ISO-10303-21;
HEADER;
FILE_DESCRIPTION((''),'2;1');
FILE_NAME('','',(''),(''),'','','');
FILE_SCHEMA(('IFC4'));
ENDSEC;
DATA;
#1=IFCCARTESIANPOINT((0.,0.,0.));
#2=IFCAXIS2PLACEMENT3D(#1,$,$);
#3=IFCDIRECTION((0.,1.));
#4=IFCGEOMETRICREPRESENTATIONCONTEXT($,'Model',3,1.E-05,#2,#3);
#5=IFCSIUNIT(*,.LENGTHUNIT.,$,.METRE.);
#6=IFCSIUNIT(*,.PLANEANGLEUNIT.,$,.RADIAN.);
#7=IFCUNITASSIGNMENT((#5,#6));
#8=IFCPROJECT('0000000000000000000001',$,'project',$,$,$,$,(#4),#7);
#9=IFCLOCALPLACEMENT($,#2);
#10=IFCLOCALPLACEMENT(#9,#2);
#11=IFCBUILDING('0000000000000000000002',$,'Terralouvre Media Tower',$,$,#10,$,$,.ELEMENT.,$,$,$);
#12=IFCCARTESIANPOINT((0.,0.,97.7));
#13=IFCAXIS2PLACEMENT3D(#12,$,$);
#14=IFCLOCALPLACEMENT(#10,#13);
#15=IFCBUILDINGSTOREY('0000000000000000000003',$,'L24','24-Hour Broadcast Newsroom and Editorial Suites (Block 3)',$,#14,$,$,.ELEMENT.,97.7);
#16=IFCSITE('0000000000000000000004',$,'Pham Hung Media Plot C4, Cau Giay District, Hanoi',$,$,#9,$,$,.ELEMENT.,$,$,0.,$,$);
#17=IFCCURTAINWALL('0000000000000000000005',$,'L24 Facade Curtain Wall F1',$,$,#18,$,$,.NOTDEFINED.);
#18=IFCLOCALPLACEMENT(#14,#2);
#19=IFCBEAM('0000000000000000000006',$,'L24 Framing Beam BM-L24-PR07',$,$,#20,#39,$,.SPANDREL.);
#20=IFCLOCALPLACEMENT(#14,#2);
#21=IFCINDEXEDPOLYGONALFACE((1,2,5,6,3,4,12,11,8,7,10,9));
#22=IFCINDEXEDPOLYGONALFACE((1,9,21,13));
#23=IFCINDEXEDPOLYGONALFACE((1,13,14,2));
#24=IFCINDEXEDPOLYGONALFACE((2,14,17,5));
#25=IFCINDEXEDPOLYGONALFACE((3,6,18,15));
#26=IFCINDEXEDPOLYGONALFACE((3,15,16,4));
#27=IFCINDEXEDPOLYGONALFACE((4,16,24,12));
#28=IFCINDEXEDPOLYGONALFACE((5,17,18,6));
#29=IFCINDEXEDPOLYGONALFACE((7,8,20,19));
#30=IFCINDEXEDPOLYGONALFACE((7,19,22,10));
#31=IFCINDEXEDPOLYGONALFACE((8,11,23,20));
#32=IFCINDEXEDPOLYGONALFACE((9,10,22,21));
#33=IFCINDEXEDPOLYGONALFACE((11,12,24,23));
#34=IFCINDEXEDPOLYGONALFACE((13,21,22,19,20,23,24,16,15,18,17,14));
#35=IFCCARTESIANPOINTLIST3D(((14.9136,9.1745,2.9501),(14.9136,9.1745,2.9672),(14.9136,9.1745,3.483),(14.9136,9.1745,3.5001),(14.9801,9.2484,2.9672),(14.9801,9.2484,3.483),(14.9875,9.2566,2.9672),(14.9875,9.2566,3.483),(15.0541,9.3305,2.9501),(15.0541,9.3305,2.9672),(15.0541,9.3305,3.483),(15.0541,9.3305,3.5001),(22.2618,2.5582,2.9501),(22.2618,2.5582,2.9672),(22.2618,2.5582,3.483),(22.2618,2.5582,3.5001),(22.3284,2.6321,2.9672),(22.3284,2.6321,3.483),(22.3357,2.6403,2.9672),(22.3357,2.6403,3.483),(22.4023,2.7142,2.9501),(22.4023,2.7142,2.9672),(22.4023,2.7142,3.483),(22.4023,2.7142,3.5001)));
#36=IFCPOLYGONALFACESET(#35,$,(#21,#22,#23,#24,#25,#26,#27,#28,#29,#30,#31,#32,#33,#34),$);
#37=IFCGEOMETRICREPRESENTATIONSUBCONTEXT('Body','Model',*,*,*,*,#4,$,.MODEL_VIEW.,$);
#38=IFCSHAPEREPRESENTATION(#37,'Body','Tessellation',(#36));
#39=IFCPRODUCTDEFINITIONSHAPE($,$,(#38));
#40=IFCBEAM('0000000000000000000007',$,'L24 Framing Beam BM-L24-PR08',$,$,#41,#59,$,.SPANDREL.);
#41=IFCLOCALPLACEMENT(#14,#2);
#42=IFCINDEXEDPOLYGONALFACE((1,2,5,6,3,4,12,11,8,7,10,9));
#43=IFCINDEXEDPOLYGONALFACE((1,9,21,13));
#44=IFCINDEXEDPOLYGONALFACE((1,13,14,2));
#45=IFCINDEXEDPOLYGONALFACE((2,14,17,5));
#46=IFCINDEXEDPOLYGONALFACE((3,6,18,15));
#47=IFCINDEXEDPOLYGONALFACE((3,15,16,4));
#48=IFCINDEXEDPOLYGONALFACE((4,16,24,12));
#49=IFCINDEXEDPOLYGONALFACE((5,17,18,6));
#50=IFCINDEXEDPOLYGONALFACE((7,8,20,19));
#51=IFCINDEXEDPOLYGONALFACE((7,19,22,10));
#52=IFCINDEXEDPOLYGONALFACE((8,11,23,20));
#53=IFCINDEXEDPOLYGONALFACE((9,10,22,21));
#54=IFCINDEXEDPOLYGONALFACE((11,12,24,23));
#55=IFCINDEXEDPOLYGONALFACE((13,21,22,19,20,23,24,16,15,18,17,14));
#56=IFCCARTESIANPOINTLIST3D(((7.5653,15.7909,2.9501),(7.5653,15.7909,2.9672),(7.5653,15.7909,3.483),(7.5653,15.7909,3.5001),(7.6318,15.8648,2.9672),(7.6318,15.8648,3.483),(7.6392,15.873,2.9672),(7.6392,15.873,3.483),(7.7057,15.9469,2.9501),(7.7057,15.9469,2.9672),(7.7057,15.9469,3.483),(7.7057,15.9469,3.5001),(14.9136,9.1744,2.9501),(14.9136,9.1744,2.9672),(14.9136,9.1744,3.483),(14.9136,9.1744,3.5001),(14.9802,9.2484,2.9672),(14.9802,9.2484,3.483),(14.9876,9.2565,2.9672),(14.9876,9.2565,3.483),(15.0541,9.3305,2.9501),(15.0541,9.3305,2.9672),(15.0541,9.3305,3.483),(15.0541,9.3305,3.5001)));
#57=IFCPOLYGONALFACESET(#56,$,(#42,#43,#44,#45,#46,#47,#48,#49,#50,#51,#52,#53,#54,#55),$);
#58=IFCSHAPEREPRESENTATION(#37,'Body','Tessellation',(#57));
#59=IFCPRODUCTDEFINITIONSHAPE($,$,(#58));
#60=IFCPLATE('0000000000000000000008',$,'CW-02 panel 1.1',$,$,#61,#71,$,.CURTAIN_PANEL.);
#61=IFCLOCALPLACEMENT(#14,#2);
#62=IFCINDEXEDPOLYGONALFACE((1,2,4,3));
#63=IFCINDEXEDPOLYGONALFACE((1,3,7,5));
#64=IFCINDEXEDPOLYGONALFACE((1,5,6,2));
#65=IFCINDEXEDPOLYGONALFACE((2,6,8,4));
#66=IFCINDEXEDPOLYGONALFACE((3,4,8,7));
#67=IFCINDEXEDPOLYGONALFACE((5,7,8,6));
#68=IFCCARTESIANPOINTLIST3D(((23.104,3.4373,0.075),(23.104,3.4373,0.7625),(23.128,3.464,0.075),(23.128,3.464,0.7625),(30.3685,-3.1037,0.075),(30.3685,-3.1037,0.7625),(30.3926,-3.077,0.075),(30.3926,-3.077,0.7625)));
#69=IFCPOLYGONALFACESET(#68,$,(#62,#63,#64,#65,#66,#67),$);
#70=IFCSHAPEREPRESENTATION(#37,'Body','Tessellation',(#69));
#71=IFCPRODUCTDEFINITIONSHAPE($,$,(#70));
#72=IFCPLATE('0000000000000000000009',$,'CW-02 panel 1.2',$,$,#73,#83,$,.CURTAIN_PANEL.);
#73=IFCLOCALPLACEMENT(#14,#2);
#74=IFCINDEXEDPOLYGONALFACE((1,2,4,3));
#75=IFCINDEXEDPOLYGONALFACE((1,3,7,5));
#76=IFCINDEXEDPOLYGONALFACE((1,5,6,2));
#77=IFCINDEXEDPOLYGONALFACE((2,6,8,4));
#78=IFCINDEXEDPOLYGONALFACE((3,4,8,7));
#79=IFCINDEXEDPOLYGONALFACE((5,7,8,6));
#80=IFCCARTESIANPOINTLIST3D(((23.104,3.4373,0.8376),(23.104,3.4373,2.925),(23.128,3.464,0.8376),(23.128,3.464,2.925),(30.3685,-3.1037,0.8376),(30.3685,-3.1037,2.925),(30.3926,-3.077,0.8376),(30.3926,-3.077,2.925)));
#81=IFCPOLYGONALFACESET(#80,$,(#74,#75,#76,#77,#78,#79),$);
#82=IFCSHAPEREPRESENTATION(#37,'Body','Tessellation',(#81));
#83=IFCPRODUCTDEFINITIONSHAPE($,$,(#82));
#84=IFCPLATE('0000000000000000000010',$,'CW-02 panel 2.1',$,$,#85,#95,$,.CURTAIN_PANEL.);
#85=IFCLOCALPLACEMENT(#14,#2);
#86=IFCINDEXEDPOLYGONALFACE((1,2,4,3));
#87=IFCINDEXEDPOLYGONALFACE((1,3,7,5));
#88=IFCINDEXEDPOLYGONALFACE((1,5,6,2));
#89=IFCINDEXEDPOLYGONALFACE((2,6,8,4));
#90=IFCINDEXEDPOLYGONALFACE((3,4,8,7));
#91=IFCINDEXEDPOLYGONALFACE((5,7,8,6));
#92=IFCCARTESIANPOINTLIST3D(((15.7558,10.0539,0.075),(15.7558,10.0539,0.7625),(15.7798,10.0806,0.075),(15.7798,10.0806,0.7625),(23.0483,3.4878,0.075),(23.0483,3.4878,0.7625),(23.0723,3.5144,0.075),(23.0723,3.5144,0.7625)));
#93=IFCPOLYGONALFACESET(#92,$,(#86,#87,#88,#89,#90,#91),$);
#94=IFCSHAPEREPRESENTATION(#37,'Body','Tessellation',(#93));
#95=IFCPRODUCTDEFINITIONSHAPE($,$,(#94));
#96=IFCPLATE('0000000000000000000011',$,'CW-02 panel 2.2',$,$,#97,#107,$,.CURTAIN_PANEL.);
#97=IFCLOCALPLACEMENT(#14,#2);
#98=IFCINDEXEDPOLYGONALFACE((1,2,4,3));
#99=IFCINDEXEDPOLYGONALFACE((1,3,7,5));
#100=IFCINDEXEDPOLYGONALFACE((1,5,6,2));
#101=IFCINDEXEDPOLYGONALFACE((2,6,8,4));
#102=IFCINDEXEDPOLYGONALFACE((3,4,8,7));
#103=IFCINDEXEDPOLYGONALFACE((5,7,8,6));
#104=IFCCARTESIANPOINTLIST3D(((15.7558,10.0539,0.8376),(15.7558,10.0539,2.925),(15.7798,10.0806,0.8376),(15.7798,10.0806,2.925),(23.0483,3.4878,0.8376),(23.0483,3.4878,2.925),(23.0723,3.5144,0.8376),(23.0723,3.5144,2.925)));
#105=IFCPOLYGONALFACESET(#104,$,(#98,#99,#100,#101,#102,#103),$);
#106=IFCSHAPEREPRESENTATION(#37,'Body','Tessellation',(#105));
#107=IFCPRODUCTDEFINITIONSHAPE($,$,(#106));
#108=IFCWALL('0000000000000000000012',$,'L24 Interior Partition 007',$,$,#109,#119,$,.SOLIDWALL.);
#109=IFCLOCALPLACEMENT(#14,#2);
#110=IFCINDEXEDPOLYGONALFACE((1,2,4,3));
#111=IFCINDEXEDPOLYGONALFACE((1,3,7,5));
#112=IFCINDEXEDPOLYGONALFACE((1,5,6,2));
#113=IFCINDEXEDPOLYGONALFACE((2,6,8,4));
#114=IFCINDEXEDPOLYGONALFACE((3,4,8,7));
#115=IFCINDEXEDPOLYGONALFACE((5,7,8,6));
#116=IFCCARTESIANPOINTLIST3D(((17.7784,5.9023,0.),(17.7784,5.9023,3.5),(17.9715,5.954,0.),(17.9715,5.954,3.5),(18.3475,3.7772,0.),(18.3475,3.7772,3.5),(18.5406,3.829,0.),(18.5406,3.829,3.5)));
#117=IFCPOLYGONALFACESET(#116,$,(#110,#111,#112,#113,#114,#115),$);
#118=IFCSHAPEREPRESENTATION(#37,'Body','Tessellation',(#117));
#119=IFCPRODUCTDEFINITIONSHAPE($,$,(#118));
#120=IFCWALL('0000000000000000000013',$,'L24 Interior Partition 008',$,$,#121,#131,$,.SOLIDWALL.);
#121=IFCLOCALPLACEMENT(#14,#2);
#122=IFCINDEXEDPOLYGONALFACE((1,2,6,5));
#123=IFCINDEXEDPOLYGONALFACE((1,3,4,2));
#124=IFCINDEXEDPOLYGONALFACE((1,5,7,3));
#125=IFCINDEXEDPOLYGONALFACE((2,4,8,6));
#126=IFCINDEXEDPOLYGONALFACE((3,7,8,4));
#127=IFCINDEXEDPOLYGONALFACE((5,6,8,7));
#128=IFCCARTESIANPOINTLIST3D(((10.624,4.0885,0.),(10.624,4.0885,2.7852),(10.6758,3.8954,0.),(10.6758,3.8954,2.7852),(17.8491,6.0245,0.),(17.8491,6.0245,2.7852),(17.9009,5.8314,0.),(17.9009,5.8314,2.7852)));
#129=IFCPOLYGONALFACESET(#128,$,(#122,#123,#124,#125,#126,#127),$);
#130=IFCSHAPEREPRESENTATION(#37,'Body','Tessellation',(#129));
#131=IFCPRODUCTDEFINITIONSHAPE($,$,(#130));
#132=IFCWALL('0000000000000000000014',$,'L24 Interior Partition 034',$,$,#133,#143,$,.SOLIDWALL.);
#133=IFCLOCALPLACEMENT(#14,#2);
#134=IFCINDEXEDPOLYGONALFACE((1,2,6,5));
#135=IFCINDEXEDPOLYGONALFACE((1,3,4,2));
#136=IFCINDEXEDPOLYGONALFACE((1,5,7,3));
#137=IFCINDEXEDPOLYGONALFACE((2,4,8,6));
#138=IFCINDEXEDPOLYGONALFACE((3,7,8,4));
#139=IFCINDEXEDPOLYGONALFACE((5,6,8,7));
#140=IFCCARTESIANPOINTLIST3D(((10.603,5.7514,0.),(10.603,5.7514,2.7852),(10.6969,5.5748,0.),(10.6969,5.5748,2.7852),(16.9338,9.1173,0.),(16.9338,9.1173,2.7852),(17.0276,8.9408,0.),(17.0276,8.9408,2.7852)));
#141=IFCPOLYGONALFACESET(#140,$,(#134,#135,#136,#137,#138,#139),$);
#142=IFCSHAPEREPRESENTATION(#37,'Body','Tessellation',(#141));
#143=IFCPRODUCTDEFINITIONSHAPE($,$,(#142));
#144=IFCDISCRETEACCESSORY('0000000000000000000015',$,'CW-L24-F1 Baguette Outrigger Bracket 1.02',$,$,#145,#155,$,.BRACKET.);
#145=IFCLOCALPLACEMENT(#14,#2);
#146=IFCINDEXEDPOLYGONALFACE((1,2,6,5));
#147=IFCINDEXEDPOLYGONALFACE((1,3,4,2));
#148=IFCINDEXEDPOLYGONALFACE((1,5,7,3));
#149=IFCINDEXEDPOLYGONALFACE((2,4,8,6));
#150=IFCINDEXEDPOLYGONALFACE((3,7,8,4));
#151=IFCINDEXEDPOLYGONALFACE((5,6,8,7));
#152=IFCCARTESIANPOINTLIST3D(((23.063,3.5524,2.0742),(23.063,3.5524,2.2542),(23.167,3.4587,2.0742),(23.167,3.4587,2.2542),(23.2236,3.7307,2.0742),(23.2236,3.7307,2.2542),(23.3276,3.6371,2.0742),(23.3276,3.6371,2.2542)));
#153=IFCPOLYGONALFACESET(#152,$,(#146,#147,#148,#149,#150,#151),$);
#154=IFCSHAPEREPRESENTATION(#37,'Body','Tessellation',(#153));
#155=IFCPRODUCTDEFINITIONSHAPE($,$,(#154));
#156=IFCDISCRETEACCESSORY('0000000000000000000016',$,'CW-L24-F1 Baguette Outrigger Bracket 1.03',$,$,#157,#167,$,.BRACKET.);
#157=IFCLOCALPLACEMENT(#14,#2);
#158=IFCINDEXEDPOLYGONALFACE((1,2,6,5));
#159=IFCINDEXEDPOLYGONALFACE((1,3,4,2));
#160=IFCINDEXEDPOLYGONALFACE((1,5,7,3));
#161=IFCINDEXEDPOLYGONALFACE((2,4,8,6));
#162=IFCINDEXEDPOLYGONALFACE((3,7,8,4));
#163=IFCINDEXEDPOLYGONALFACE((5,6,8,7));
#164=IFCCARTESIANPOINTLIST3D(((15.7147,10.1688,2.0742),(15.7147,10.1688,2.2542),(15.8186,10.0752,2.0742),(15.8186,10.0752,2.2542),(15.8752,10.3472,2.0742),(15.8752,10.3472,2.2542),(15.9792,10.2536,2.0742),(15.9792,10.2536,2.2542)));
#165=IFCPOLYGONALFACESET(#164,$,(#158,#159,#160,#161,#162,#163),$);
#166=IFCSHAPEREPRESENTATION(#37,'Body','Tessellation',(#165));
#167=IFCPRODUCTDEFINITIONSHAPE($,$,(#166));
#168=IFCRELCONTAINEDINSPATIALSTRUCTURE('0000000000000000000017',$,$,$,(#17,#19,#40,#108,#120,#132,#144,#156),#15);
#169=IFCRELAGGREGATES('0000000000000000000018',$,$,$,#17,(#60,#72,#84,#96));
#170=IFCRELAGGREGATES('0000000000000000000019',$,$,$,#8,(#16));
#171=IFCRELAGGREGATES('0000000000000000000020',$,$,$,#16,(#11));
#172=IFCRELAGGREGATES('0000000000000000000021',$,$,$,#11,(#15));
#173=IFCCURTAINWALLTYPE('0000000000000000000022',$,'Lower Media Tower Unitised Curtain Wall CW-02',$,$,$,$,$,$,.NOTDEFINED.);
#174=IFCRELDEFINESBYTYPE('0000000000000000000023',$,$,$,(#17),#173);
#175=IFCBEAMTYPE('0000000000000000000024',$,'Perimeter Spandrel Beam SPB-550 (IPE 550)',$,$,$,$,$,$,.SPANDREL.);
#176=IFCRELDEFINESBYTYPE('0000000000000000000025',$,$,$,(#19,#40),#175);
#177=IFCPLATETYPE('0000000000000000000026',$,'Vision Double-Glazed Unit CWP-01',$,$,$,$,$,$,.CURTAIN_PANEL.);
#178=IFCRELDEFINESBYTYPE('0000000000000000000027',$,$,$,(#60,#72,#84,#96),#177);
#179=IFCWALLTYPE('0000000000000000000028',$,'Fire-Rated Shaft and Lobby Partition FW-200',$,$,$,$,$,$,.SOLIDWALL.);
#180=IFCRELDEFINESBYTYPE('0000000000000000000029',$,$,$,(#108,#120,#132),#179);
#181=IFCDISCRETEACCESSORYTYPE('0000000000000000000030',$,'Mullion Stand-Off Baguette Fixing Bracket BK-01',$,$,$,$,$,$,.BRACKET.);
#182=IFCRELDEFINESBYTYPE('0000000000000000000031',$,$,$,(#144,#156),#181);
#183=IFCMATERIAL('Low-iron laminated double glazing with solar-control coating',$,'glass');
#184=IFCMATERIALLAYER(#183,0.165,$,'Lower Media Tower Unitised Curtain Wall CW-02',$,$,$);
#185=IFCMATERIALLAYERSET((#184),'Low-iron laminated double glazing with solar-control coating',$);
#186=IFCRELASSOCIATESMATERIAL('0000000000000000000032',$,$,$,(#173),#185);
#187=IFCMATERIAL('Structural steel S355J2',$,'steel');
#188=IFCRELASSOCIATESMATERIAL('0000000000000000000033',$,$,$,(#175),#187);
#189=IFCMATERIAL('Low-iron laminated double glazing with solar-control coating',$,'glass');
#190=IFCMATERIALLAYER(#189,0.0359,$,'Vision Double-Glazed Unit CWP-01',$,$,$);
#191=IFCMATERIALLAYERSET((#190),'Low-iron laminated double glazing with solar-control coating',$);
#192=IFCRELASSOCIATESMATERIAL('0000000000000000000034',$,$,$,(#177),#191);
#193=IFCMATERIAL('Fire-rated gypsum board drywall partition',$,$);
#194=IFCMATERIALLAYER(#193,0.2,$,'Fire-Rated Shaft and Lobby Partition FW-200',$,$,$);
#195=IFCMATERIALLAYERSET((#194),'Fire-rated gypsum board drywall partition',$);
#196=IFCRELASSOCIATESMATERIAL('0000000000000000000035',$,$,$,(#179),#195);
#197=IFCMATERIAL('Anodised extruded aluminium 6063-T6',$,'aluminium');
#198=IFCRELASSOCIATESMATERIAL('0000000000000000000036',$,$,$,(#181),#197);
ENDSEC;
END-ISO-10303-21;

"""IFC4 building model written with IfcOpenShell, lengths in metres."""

from ifc_helpers import new_model, si_unit, direction, frame, frame_2d, origin, origin_2d, place, context, subcontext, project, spatial, rectangle, i_section, extrude, material, layer, layer_set, material_profile, profile_set, type_object, element, aggregate, save


model = new_model("IFC4")

# Units and contexts
model_context = context("Model", 3, precision=1e-05, world=origin(), true_north=direction((0.0, 1.0)))
body_context = subcontext(model_context, "Body", "Model", "MODEL_VIEW")
ifc_project = project(units=[si_unit("LENGTHUNIT", "METRE"), si_unit("PLANEANGLEUNIT", "RADIAN")], contexts=[model_context])

# Site, building, storey
site_placement = place(None, origin())
site = spatial("IfcSite", under=ifc_project, at=site_placement, Name="Pham Hung Media Plot C4, Cau Giay District, Hanoi", CompositionType="ELEMENT", RefElevation=0.0)
building_placement = place(site_placement, origin())
building = spatial("IfcBuilding", under=site, at=building_placement, Name="Terralouvre Media Tower", CompositionType="ELEMENT")
storey_placement = place(building_placement, frame((0.0, 0.0, 97.7)))
storey = spatial("IfcBuildingStorey", under=building, at=storey_placement, Name="L24", Description="24-Hour Broadcast Newsroom and Editorial Suites (Block 3)", CompositionType="ELEMENT", Elevation=97.7)

# Curtain wall
ifc_material_1 = material(Name="Low-iron laminated double glazing with solar-control coating", Category="glass")
ifc_layer_1 = layer(ifc_material_1, 0.165, Name="Lower Media Tower Unitised Curtain Wall CW-02")
ifc_layer_set_1 = layer_set([ifc_layer_1], Name="Low-iron laminated double glazing with solar-control coating")
curtain_wall_type = type_object("IfcCurtainWallType", Name="Lower Media Tower Unitised Curtain Wall CW-02", PredefinedType="NOTDEFINED", material=ifc_layer_set_1)
curtain_wall_placement = place(storey_placement, origin())
curtain_wall = element("IfcCurtainWall", 1, at=curtain_wall_placement, inside=storey, type_object=curtain_wall_type, Name="L24 Facade Curtain Wall F1", PredefinedType="NOTDEFINED")

# Beams
ifc_material_2 = material(Name="Structural steel S355J2", Category="steel")
ifc_material_profile_1 = material_profile(ifc_material_2, i_section(OverallWidth=0.21, OverallDepth=0.55, WebThickness=0.011, FlangeThickness=0.0171, at=origin_2d()), Name="IPE 550")
ifc_profile_set_1 = profile_set([ifc_material_profile_1], Name="Structural steel S355J2")
beam_type_1 = type_object("IfcBeamType", Name="Perimeter Spandrel Beam SPB-550 (IPE 550)", PredefinedType="SPANDREL", material=ifc_profile_set_1)
beam_1_placement = place(storey_placement, frame((22.332, 2.6362, 3.2251), z_axis=(-0.743149, 0.669126, 0.0), x_axis=(-0.669126, -0.743149, 0.0)))
element("IfcBeam", 2, at=beam_1_placement, inside=storey, type_object=beam_type_1, Name="L24 Framing Beam BM-L24-PR07", PredefinedType="SPANDREL", context=body_context, shape_type="SweptSolid", body=[
    extrude(i_section(OverallWidth=0.21, OverallDepth=0.55, WebThickness=0.011, FlangeThickness=0.0171, at=origin_2d()), origin(), (0.0, 0.0, 1.0), 9.8879),
])
beam_2_placement = place(storey_placement, frame((14.9839, 9.2524, 3.2251), z_axis=(-0.743148, 0.669127, 0.0), x_axis=(-0.669127, -0.743148, 0.0)))
element("IfcBeam", 3, at=beam_2_placement, inside=storey, type_object=beam_type_1, Name="L24 Framing Beam BM-L24-PR08", PredefinedType="SPANDREL", context=body_context, shape_type="SweptSolid", body=[
    extrude(i_section(OverallWidth=0.21, OverallDepth=0.55, WebThickness=0.011, FlangeThickness=0.0171, at=origin_2d()), origin(), (0.0, 0.0, 1.0), 9.8882),
])

# Plates
ifc_material_3 = material(Name="Low-iron laminated double glazing with solar-control coating", Category="glass")
ifc_layer_2 = layer(ifc_material_3, 0.0359, Name="Vision Double-Glazed Unit CWP-01")
ifc_layer_set_2 = layer_set([ifc_layer_2], Name="Low-iron laminated double glazing with solar-control coating")
plate_type = type_object("IfcPlateType", Name="Vision Double-Glazed Unit CWP-01", PredefinedType="CURTAIN_PANEL", material=ifc_layer_set_2)
plate_1_placement = place(storey_placement, frame((26.7483, 0.1802, 0.075), z_axis=(0.0, 0.0, 1.0), x_axis=(-0.743145, 0.669131, 0.0)))
plate_1 = element("IfcPlate", 4, at=plate_1_placement, type_object=plate_type, Name="CW-02 panel 1.1", PredefinedType="CURTAIN_PANEL", context=body_context, shape_type="SweptSolid", body=[
    extrude(rectangle(XDim=9.7754, YDim=0.0359, at=origin_2d()), origin(), (0.0, 0.0, 1.0), 0.6875),
])
plate_2_placement = place(storey_placement, frame((26.7483, 0.1802, 0.8376), z_axis=(0.0, 0.0, 1.0), x_axis=(-0.743145, 0.669131, 0.0)))
plate_2 = element("IfcPlate", 5, at=plate_2_placement, type_object=plate_type, Name="CW-02 panel 1.2", PredefinedType="CURTAIN_PANEL", context=body_context, shape_type="SweptSolid", body=[
    extrude(rectangle(XDim=9.7754, YDim=0.0359, at=origin_2d()), origin(), (0.0, 0.0, 1.0), 2.0874),
])
plate_3_placement = place(storey_placement, frame((19.4141, 6.7842, 0.075), z_axis=(0.0, 0.0, 1.0), x_axis=(-0.743145, 0.669131, 0.0)))
plate_3 = element("IfcPlate", 6, at=plate_3_placement, type_object=plate_type, Name="CW-02 panel 2.1", PredefinedType="CURTAIN_PANEL", context=body_context, shape_type="SweptSolid", body=[
    extrude(rectangle(XDim=9.813, YDim=0.0359, at=origin_2d()), origin(), (0.0, 0.0, 1.0), 0.6875),
])
plate_4_placement = place(storey_placement, frame((19.4141, 6.7842, 0.8376), z_axis=(0.0, 0.0, 1.0), x_axis=(-0.743145, 0.669131, 0.0)))
plate_4 = element("IfcPlate", 7, at=plate_4_placement, type_object=plate_type, Name="CW-02 panel 2.2", PredefinedType="CURTAIN_PANEL", context=body_context, shape_type="SweptSolid", body=[
    extrude(rectangle(XDim=9.813, YDim=0.0359, at=origin_2d()), origin(), (0.0, 0.0, 1.0), 2.0874),
])
aggregate(curtain_wall, [plate_1, plate_2, plate_3, plate_4])

# Walls
ifc_material_4 = material(Name="Fire-rated gypsum board drywall partition")
ifc_layer_3 = layer(ifc_material_4, 0.2, Name="Fire-Rated Shaft and Lobby Partition FW-200")
ifc_layer_set_3 = layer_set([ifc_layer_3], Name="Fire-rated gypsum board drywall partition")
wall_type = type_object("IfcWallType", Name="Fire-Rated Shaft and Lobby Partition FW-200", PredefinedType="SOLIDWALL", material=ifc_layer_set_3)
wall_1_placement = place(storey_placement, frame((18.4441, 3.803, 0.0), z_axis=(0.0, 0.0, 1.0), x_axis=(-0.258692, 0.96596, 0.0)))
element("IfcWall", 8, at=wall_1_placement, inside=storey, type_object=wall_type, Name="L24 Interior Partition 007", PredefinedType="SOLIDWALL", context=body_context, shape_type="SweptSolid", body=[
    extrude(rectangle(XDim=2.2, YDim=0.2, at=frame_2d((1.1001, 0.0))), origin(), (0.0, 0.0, 1.0), 3.5),
])
wall_2_placement = place(storey_placement, frame((17.875, 5.928, 0.0), z_axis=(0.0, 0.0, 1.0), x_axis=(-0.965923, -0.258829, 0.0)))
element("IfcWall", 9, at=wall_2_placement, inside=storey, type_object=wall_type, Name="L24 Interior Partition 008", PredefinedType="SOLIDWALL", context=body_context, shape_type="SweptSolid", body=[
    extrude(rectangle(XDim=7.48, YDim=0.2, at=frame_2d((3.74, 0.0))), origin(), (0.0, 0.0, 1.0), 2.7852),
])
wall_3_placement = place(storey_placement, frame((16.9807, 9.0291, 0.0), z_axis=(0.0, 0.0, 1.0), x_axis=(-0.882958, -0.469451, 0.0)))
element("IfcWall", 10, at=wall_3_placement, inside=storey, type_object=wall_type, Name="L24 Interior Partition 034", PredefinedType="SOLIDWALL", context=body_context, shape_type="SweptSolid", body=[
    extrude(rectangle(XDim=7.1699, YDim=0.2, at=frame_2d((3.585, 0.0))), origin(), (0.0, 0.0, 1.0), 2.7852),
])

# Discrete accessories
ifc_material_5 = material(Name="Anodised extruded aluminium 6063-T6", Category="aluminium")
discrete_accessory_type = type_object("IfcDiscreteAccessoryType", Name="Mullion Stand-Off Baguette Fixing Bracket BK-01", PredefinedType="BRACKET", material=ifc_material_5)
for number, where, z_axis, x_axis, name in (
    (11, (23.1953, 3.5947, 2.0742), (0.0, 0.0, 1.0), (-0.743145, 0.669131, 0.0), "CW-L24-F1 Baguette Outrigger Bracket 1.02"),
    (12, (15.8469, 10.2112, 2.0742), (0.0, 0.0, 1.0), (-0.743145, 0.669131, 0.0), "CW-L24-F1 Baguette Outrigger Bracket 1.03"),
):
    element("IfcDiscreteAccessory", number, at=place(storey_placement, frame(where, z_axis=z_axis, x_axis=x_axis)), inside=storey, type_object=discrete_accessory_type, Name=name, PredefinedType="BRACKET", context=body_context, shape_type="SweptSolid", body=[
        extrude(rectangle(XDim=0.1399, YDim=0.24, at=origin_2d()), origin(), (0.0, 0.0, 1.0), 0.1799),
    ])

save(model, "model.ifc")
